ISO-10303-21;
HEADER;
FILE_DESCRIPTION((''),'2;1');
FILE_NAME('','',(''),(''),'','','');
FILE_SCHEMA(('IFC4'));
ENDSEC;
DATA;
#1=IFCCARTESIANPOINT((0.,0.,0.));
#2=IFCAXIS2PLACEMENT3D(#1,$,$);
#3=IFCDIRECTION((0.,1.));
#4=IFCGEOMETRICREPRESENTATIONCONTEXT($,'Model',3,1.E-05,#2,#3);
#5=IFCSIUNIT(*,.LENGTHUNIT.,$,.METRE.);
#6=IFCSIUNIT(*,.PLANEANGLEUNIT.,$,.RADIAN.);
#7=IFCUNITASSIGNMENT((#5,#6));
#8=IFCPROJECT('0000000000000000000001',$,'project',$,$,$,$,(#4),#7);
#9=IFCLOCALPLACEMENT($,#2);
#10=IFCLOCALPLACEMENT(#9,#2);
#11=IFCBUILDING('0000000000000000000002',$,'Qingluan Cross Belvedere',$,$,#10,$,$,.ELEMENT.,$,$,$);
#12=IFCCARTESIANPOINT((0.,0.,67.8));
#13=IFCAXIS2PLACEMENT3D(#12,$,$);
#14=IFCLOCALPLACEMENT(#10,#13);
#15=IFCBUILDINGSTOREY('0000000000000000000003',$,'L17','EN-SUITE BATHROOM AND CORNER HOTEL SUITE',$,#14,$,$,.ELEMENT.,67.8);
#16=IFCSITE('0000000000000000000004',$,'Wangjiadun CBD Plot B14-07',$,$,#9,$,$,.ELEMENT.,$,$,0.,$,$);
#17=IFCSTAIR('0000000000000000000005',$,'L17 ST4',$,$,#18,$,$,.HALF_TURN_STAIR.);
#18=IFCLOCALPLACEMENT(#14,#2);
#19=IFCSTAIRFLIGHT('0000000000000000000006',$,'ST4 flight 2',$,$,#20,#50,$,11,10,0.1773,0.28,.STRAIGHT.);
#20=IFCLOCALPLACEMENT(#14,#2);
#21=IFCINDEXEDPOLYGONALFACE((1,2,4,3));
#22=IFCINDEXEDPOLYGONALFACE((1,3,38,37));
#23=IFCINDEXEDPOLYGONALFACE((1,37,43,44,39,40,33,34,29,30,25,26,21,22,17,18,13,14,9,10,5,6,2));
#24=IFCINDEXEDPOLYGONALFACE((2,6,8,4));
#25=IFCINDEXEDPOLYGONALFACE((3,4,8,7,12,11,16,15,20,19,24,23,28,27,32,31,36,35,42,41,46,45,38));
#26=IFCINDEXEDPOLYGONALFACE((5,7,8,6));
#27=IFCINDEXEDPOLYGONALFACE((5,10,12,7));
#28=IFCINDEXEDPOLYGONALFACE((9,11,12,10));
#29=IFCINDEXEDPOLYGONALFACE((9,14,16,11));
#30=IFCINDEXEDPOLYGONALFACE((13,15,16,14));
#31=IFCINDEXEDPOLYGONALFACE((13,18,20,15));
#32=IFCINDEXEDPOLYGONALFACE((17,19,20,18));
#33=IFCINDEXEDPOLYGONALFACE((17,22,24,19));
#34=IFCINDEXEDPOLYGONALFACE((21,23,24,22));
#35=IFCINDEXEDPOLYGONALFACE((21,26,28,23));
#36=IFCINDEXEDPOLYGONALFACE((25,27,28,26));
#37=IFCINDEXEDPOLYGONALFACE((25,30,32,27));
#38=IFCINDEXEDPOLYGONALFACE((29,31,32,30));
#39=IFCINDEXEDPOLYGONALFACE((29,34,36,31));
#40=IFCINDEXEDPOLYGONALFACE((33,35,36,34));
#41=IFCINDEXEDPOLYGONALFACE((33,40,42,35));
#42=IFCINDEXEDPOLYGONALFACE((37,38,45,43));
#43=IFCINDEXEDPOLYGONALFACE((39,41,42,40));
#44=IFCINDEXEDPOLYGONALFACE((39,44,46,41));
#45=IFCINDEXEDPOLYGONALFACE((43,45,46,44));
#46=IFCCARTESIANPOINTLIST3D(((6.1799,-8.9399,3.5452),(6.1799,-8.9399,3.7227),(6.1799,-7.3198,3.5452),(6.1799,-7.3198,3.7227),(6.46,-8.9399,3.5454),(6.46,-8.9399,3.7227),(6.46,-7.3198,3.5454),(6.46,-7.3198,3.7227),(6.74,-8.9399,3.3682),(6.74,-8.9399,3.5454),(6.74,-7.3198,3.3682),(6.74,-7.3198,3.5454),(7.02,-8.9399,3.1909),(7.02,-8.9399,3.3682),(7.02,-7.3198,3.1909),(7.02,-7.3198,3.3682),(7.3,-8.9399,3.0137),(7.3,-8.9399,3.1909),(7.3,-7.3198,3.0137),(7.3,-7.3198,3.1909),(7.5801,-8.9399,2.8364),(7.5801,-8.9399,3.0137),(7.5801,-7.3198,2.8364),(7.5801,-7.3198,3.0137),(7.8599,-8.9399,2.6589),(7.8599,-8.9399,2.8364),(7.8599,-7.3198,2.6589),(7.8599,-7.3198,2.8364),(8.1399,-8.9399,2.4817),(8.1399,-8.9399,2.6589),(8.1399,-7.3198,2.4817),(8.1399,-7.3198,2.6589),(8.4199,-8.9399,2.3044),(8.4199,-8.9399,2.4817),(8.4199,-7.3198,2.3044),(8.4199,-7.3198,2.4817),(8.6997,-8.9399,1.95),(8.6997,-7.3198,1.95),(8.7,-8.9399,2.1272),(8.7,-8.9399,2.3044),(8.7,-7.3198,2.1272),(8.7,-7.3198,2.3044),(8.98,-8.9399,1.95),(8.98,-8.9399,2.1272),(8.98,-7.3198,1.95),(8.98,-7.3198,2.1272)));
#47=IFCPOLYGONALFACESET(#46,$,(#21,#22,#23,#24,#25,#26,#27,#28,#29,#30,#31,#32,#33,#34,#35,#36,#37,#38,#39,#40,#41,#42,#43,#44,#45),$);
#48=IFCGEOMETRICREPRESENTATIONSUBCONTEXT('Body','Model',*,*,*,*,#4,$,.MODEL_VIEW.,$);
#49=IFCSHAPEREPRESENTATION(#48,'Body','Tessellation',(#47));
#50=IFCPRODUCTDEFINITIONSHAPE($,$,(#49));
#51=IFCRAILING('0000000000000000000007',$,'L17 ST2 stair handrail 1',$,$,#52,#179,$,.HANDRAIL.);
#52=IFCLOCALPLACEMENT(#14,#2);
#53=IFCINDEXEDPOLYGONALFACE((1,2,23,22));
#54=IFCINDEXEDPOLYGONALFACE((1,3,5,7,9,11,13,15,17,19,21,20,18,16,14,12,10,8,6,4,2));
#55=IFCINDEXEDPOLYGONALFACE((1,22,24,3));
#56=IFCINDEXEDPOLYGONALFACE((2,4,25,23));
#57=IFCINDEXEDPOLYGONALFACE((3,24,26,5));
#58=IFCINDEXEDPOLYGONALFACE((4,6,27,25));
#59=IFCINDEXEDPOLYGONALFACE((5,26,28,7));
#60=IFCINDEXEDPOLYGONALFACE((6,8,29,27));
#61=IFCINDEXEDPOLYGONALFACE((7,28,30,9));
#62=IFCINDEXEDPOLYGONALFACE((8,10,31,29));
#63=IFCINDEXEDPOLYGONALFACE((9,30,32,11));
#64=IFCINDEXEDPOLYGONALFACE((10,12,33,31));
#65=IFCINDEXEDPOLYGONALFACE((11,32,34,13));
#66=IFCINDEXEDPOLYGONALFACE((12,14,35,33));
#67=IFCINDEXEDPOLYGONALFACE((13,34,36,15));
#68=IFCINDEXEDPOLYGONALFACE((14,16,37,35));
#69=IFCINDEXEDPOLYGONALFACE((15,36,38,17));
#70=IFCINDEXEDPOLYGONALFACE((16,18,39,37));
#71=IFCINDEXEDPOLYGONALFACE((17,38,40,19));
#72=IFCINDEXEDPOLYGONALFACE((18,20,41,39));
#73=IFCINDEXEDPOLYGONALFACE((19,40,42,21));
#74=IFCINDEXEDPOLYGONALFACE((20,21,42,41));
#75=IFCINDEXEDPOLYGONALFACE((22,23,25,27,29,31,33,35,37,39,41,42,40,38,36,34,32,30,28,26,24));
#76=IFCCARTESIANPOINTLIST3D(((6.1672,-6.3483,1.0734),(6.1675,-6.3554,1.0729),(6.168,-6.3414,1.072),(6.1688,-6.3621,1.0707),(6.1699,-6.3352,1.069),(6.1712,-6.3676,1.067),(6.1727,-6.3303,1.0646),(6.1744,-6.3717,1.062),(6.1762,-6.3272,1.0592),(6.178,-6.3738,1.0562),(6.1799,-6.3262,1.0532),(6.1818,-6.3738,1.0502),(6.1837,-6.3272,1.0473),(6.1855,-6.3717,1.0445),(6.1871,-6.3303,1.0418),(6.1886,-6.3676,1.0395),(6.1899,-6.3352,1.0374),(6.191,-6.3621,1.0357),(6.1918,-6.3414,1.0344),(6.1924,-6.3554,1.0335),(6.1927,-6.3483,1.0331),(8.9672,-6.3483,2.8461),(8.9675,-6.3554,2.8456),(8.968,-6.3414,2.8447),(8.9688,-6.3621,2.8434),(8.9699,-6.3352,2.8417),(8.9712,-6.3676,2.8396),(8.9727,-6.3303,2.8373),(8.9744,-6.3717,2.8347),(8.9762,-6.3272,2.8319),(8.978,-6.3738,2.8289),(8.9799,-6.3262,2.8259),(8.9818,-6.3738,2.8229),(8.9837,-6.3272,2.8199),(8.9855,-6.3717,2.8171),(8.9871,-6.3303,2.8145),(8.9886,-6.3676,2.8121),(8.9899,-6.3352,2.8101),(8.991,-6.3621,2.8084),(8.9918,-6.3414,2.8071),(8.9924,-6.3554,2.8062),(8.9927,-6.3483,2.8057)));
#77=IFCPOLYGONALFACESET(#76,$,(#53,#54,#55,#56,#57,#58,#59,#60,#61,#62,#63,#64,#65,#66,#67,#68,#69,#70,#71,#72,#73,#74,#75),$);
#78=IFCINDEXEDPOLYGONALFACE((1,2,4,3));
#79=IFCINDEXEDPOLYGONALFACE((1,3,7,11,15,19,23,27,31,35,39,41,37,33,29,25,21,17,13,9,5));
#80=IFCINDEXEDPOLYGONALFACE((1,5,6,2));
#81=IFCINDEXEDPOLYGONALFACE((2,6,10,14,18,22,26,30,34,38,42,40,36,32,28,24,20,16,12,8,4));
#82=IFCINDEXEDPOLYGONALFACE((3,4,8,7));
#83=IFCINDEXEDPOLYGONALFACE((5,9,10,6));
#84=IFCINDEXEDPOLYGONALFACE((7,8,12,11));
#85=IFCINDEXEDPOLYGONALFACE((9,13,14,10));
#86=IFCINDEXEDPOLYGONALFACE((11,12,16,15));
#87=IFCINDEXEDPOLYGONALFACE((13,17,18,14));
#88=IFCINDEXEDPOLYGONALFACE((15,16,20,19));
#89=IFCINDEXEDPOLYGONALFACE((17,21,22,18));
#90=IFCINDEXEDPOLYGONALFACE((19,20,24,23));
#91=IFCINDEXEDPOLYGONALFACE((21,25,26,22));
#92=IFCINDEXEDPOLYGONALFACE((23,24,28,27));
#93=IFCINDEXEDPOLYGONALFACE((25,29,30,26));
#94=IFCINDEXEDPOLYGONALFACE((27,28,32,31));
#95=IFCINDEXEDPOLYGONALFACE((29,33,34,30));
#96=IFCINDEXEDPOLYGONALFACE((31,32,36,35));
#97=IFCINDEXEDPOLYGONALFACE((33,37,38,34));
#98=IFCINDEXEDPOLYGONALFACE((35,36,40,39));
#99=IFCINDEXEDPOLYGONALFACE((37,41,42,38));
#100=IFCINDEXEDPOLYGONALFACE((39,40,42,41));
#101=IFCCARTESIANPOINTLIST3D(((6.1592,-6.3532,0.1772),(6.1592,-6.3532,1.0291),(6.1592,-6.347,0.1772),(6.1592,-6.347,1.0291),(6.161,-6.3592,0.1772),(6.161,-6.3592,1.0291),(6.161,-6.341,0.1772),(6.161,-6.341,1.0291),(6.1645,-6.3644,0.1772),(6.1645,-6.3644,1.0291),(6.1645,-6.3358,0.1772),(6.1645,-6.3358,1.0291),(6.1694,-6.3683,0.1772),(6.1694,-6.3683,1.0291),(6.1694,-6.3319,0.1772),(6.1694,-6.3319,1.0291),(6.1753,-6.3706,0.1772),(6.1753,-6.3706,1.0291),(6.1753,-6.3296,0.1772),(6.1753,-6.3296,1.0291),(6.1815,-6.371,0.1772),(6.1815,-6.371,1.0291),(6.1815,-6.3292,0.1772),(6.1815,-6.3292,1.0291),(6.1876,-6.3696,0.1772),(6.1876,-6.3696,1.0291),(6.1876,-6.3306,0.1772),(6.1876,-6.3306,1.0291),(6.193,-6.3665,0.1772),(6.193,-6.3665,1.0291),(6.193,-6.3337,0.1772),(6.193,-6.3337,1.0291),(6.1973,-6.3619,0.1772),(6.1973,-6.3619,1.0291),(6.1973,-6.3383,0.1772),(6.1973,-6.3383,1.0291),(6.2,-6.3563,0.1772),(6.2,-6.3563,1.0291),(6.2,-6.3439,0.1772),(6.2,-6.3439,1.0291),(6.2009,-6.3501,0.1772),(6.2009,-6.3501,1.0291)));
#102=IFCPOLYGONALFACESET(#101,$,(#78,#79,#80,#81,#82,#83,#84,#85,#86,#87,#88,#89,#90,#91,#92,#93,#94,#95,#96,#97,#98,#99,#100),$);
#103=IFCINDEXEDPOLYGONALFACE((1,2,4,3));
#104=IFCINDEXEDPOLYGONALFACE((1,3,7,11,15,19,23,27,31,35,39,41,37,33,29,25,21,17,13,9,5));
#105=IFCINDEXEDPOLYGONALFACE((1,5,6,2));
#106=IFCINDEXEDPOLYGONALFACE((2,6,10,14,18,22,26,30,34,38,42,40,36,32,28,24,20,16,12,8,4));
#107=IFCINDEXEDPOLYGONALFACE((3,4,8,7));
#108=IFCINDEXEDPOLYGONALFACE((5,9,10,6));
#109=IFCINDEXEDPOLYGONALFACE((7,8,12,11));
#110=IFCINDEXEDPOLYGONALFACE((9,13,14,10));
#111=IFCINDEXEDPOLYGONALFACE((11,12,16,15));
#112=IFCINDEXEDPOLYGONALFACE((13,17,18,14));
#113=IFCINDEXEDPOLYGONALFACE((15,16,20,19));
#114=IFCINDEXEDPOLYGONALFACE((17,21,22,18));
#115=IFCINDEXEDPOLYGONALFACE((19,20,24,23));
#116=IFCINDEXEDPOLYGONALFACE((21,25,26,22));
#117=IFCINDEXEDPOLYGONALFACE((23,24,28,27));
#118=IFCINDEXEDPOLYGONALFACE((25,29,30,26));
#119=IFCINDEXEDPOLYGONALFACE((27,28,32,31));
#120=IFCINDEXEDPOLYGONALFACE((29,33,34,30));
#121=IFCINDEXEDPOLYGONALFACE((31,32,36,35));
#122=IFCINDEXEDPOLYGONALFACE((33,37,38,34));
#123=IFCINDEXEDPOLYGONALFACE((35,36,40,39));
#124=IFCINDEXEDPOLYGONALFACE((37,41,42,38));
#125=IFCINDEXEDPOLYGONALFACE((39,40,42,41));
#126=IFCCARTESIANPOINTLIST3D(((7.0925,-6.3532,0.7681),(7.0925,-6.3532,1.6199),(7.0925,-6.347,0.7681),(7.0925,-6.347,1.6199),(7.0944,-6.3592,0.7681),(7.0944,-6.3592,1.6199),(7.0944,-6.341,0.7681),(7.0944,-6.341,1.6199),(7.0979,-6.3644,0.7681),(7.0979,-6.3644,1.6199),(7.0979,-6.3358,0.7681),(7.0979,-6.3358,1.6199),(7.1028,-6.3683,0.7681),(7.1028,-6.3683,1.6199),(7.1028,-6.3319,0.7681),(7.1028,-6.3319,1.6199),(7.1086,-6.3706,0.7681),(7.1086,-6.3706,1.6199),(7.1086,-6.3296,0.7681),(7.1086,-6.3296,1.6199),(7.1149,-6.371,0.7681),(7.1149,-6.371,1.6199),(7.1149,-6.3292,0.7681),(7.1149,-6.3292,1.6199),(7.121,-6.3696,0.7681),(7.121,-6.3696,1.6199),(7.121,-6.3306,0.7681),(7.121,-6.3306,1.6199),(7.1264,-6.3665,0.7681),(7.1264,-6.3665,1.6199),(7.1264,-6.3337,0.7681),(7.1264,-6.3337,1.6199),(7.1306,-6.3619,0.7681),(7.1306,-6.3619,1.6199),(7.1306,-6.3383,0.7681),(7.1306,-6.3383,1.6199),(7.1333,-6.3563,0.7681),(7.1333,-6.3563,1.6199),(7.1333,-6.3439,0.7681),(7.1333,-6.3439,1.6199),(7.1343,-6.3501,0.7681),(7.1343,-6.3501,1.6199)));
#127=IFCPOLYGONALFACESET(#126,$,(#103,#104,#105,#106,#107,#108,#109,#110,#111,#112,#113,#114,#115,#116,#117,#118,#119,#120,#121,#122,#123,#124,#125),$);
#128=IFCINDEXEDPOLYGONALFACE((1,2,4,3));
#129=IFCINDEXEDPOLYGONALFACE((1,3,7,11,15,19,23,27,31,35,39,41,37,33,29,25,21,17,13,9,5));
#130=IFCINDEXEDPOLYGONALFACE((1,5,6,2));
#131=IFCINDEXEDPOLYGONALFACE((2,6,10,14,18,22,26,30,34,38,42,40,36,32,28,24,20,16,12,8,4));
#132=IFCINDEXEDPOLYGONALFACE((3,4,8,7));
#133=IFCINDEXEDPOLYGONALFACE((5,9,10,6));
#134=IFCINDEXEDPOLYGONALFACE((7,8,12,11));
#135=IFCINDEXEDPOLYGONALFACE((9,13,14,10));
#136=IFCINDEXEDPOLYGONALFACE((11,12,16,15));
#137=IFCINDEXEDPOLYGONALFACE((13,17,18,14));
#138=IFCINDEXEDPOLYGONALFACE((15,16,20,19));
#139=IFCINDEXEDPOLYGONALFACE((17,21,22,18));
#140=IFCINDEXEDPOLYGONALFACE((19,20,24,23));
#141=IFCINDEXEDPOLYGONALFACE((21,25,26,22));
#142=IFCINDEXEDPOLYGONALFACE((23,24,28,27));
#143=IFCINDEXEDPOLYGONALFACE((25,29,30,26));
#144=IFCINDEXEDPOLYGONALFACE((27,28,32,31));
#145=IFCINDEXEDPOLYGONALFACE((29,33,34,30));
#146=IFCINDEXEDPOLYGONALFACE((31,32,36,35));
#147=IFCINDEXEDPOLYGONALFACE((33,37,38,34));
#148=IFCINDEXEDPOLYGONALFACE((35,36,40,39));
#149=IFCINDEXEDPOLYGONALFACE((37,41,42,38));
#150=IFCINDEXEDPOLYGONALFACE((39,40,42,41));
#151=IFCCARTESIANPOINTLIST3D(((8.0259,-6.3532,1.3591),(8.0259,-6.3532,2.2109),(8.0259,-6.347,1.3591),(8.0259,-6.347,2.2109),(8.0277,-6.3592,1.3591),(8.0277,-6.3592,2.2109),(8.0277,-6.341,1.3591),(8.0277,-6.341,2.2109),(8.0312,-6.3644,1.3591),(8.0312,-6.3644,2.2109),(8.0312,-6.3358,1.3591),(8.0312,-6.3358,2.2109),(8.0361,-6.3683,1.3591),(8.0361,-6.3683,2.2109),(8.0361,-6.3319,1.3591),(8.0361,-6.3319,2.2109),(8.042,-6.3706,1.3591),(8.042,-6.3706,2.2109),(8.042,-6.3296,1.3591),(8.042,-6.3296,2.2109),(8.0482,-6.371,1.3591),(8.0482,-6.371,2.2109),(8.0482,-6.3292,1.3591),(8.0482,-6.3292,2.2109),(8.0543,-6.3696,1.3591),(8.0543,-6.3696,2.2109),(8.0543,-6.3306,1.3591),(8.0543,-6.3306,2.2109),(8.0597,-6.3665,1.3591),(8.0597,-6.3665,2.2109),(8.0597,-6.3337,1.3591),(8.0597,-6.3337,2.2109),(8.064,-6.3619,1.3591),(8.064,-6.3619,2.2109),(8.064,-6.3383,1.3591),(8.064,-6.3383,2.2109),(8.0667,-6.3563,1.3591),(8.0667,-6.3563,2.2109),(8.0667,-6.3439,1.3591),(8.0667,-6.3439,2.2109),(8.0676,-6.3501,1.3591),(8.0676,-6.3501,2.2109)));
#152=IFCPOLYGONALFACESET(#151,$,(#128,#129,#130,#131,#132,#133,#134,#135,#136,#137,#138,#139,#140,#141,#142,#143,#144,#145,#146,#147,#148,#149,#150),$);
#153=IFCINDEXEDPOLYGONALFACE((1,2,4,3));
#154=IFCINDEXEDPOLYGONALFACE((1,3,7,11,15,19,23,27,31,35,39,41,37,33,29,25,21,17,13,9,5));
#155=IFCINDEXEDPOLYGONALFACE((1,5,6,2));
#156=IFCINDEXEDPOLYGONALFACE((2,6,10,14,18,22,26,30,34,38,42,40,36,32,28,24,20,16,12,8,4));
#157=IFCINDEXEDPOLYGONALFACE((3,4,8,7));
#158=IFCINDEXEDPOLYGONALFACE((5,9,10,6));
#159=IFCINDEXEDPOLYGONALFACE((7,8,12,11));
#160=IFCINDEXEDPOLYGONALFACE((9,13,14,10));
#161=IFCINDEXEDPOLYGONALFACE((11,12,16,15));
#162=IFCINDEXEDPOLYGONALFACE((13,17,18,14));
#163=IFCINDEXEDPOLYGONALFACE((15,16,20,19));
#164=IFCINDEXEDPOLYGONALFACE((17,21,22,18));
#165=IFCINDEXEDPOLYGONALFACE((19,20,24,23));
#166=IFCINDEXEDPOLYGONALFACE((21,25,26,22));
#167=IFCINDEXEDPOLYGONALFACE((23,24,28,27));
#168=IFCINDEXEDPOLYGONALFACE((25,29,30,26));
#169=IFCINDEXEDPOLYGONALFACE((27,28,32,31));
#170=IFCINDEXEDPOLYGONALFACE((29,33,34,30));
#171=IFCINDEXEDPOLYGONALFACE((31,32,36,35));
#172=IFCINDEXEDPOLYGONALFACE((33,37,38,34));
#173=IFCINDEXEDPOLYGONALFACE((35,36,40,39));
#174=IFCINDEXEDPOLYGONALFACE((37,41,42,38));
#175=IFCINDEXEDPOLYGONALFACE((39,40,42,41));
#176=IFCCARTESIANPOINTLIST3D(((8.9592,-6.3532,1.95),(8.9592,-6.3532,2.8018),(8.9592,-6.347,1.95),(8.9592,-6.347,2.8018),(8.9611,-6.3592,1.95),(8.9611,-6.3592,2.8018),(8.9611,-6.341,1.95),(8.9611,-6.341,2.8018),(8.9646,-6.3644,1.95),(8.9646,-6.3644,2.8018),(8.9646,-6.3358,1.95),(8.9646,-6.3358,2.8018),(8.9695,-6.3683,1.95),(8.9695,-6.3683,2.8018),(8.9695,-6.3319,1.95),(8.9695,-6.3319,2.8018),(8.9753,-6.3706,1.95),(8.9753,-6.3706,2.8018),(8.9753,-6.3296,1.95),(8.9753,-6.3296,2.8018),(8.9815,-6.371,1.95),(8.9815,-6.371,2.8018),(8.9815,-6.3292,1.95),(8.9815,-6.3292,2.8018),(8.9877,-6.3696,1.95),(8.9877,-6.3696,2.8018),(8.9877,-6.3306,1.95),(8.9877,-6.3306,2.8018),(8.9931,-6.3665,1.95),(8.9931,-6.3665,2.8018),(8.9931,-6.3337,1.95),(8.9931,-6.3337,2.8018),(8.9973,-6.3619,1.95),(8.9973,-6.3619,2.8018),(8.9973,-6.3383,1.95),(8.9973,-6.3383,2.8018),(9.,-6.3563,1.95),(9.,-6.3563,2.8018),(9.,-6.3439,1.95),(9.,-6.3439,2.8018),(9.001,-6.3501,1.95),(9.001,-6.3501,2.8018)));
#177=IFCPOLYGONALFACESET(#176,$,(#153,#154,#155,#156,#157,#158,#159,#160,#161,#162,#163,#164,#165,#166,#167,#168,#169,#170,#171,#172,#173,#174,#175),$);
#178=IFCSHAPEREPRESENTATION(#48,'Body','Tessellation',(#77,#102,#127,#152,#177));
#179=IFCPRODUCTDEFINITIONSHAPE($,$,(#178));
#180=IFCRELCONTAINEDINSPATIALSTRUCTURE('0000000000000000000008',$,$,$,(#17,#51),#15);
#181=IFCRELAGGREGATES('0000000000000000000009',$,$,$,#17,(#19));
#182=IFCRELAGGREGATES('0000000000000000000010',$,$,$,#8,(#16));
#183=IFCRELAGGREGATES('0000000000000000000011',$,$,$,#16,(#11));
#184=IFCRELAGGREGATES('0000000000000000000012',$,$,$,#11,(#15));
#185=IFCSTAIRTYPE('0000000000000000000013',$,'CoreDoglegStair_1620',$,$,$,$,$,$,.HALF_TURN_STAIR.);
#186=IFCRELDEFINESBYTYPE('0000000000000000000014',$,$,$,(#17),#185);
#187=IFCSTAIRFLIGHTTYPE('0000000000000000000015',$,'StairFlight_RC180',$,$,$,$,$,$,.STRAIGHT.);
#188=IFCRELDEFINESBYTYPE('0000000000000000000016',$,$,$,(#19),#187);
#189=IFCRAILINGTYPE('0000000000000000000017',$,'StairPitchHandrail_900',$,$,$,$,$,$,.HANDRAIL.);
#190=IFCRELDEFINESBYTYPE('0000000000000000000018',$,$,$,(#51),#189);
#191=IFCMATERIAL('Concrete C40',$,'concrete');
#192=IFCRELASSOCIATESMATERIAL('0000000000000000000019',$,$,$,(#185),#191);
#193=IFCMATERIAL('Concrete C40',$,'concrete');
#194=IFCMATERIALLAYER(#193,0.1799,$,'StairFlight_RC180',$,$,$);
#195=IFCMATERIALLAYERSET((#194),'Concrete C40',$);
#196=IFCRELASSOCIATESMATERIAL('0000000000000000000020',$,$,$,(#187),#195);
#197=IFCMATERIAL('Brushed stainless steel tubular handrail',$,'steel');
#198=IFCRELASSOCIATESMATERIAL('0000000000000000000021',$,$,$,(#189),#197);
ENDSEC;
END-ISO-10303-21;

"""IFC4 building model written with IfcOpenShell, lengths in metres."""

from ifc_helpers import new_model, si_unit, direction, frame, origin, origin_2d, place, context, subcontext, project, spatial, polyline, circle, outline, extrude, material, layer, layer_set, type_object, element, aggregate, save


model = new_model("IFC4")

# Units and contexts
model_context = context("Model", 3, precision=1e-05, world=origin(), true_north=direction((0.0, 1.0)))
body_context = subcontext(model_context, "Body", "Model", "MODEL_VIEW")
ifc_project = project(units=[si_unit("LENGTHUNIT", "METRE"), si_unit("PLANEANGLEUNIT", "RADIAN")], contexts=[model_context])

# Site, building, storey
site_placement = place(None, origin())
site = spatial("IfcSite", under=ifc_project, at=site_placement, Name="Wangjiadun CBD Plot B14-07", CompositionType="ELEMENT", RefElevation=0.0)
building_placement = place(site_placement, origin())
building = spatial("IfcBuilding", under=site, at=building_placement, Name="Qingluan Cross Belvedere", CompositionType="ELEMENT")
storey_placement = place(building_placement, frame((0.0, 0.0, 67.8)))
storey = spatial("IfcBuildingStorey", under=building, at=storey_placement, Name="L17", Description="EN-SUITE BATHROOM AND CORNER HOTEL SUITE", CompositionType="ELEMENT", Elevation=67.8)

# Stair, stair flight
ifc_material_1 = material(Name="Concrete C40", Category="concrete")
stair_type = type_object("IfcStairType", Name="CoreDoglegStair_1620", PredefinedType="HALF_TURN_STAIR", material=ifc_material_1)
ifc_material_2 = material(Name="Concrete C40", Category="concrete")
ifc_layer_1 = layer(ifc_material_2, 0.1799, Name="StairFlight_RC180")
ifc_layer_set_1 = layer_set([ifc_layer_1], Name="Concrete C40")
stair_flight_type = type_object("IfcStairFlightType", Name="StairFlight_RC180", PredefinedType="STRAIGHT", material=ifc_layer_set_1)
stair_1_placement = place(storey_placement, origin())
stair_1 = element("IfcStair", 1, at=stair_1_placement, inside=storey, type_object=stair_type, Name="L17 ST4", PredefinedType="HALF_TURN_STAIR")
stair_flight_1_placement = place(storey_placement, frame((8.98, -8.1299, 1.95), z_axis=(0.0, 0.0, 1.0), x_axis=(-1.0, 0.0, 0.0)))
stair_flight_1 = element("IfcStairFlight", 2, at=stair_flight_1_placement, type_object=stair_flight_type, Name="ST4 flight 2", NumberOfRisers=11, NumberOfTreads=10, PredefinedType="STRAIGHT", RiserHeight=0.1773, TreadLength=0.28, context=body_context, shape_type="SweptSolid", body=[
    extrude(outline(polyline([(0.0, 0.0), (0.0, 0.1772), (0.28, 0.1772), (0.28, 0.3545), (0.5601, 0.3545), (0.5601, 0.5317), (0.8401, 0.5317), (0.8401, 0.709), (1.1201, 0.709), (1.1201, 0.8865), (1.3999, 0.8865), (1.3999, 1.0637), (1.6799, 1.0637), (1.6799, 1.241), (1.96, 1.241), (1.96, 1.4182), (2.24, 1.4182), (2.24, 1.5955), (2.52, 1.5955), (2.52, 1.7727), (2.8, 1.7727), (2.8, 1.95), (2.8, 1.5952), (0.2803, 0.0), (0.0, 0.0)])), frame((0.0, 0.8101, 0.0), z_axis=(0.0, -1.0, 0.0), x_axis=(1.0, 0.0, 0.0)), (0.0, 0.0, 1.0), 1.6201),
])
aggregate(stair_1, [stair_flight_1])

# Railing
ifc_material_3 = material(Name="Brushed stainless steel tubular handrail", Category="steel")
railing_type_1 = type_object("IfcRailingType", Name="StairPitchHandrail_900", PredefinedType="HANDRAIL", material=ifc_material_3)
railing_1_placement = place(storey_placement, frame((6.1799, -6.3501, 0.1772)))
element("IfcRailing", 3, at=railing_1_placement, inside=storey, type_object=railing_type_1, Name="L17 ST2 stair handrail 1", PredefinedType="HANDRAIL", context=body_context, shape_type="SweptSolid", body=[
    extrude(circle(Radius=0.0239, at=origin_2d()), frame((0.0, 0.0, 0.876), z_axis=(0.844909, 0.0, 0.53491), x_axis=(0.0, 1.0, 0.0)), (0.0, 0.0, 1.0), 3.314),
    extrude(circle(Radius=0.021, at=origin_2d()), origin(), (0.0, 0.0, 1.0), 0.8518),
    extrude(circle(Radius=0.021, at=origin_2d()), frame((0.9333, 0.0, 0.5908)), (0.0, 0.0, 1.0), 0.8518),
    extrude(circle(Radius=0.021, at=origin_2d()), frame((1.8667, 0.0, 1.1819)), (0.0, 0.0, 1.0), 0.8518),
    extrude(circle(Radius=0.021, at=origin_2d()), frame((2.8, 0.0, 1.7727)), (0.0, 0.0, 1.0), 0.8518),
])

save(model, "model.ifc")
